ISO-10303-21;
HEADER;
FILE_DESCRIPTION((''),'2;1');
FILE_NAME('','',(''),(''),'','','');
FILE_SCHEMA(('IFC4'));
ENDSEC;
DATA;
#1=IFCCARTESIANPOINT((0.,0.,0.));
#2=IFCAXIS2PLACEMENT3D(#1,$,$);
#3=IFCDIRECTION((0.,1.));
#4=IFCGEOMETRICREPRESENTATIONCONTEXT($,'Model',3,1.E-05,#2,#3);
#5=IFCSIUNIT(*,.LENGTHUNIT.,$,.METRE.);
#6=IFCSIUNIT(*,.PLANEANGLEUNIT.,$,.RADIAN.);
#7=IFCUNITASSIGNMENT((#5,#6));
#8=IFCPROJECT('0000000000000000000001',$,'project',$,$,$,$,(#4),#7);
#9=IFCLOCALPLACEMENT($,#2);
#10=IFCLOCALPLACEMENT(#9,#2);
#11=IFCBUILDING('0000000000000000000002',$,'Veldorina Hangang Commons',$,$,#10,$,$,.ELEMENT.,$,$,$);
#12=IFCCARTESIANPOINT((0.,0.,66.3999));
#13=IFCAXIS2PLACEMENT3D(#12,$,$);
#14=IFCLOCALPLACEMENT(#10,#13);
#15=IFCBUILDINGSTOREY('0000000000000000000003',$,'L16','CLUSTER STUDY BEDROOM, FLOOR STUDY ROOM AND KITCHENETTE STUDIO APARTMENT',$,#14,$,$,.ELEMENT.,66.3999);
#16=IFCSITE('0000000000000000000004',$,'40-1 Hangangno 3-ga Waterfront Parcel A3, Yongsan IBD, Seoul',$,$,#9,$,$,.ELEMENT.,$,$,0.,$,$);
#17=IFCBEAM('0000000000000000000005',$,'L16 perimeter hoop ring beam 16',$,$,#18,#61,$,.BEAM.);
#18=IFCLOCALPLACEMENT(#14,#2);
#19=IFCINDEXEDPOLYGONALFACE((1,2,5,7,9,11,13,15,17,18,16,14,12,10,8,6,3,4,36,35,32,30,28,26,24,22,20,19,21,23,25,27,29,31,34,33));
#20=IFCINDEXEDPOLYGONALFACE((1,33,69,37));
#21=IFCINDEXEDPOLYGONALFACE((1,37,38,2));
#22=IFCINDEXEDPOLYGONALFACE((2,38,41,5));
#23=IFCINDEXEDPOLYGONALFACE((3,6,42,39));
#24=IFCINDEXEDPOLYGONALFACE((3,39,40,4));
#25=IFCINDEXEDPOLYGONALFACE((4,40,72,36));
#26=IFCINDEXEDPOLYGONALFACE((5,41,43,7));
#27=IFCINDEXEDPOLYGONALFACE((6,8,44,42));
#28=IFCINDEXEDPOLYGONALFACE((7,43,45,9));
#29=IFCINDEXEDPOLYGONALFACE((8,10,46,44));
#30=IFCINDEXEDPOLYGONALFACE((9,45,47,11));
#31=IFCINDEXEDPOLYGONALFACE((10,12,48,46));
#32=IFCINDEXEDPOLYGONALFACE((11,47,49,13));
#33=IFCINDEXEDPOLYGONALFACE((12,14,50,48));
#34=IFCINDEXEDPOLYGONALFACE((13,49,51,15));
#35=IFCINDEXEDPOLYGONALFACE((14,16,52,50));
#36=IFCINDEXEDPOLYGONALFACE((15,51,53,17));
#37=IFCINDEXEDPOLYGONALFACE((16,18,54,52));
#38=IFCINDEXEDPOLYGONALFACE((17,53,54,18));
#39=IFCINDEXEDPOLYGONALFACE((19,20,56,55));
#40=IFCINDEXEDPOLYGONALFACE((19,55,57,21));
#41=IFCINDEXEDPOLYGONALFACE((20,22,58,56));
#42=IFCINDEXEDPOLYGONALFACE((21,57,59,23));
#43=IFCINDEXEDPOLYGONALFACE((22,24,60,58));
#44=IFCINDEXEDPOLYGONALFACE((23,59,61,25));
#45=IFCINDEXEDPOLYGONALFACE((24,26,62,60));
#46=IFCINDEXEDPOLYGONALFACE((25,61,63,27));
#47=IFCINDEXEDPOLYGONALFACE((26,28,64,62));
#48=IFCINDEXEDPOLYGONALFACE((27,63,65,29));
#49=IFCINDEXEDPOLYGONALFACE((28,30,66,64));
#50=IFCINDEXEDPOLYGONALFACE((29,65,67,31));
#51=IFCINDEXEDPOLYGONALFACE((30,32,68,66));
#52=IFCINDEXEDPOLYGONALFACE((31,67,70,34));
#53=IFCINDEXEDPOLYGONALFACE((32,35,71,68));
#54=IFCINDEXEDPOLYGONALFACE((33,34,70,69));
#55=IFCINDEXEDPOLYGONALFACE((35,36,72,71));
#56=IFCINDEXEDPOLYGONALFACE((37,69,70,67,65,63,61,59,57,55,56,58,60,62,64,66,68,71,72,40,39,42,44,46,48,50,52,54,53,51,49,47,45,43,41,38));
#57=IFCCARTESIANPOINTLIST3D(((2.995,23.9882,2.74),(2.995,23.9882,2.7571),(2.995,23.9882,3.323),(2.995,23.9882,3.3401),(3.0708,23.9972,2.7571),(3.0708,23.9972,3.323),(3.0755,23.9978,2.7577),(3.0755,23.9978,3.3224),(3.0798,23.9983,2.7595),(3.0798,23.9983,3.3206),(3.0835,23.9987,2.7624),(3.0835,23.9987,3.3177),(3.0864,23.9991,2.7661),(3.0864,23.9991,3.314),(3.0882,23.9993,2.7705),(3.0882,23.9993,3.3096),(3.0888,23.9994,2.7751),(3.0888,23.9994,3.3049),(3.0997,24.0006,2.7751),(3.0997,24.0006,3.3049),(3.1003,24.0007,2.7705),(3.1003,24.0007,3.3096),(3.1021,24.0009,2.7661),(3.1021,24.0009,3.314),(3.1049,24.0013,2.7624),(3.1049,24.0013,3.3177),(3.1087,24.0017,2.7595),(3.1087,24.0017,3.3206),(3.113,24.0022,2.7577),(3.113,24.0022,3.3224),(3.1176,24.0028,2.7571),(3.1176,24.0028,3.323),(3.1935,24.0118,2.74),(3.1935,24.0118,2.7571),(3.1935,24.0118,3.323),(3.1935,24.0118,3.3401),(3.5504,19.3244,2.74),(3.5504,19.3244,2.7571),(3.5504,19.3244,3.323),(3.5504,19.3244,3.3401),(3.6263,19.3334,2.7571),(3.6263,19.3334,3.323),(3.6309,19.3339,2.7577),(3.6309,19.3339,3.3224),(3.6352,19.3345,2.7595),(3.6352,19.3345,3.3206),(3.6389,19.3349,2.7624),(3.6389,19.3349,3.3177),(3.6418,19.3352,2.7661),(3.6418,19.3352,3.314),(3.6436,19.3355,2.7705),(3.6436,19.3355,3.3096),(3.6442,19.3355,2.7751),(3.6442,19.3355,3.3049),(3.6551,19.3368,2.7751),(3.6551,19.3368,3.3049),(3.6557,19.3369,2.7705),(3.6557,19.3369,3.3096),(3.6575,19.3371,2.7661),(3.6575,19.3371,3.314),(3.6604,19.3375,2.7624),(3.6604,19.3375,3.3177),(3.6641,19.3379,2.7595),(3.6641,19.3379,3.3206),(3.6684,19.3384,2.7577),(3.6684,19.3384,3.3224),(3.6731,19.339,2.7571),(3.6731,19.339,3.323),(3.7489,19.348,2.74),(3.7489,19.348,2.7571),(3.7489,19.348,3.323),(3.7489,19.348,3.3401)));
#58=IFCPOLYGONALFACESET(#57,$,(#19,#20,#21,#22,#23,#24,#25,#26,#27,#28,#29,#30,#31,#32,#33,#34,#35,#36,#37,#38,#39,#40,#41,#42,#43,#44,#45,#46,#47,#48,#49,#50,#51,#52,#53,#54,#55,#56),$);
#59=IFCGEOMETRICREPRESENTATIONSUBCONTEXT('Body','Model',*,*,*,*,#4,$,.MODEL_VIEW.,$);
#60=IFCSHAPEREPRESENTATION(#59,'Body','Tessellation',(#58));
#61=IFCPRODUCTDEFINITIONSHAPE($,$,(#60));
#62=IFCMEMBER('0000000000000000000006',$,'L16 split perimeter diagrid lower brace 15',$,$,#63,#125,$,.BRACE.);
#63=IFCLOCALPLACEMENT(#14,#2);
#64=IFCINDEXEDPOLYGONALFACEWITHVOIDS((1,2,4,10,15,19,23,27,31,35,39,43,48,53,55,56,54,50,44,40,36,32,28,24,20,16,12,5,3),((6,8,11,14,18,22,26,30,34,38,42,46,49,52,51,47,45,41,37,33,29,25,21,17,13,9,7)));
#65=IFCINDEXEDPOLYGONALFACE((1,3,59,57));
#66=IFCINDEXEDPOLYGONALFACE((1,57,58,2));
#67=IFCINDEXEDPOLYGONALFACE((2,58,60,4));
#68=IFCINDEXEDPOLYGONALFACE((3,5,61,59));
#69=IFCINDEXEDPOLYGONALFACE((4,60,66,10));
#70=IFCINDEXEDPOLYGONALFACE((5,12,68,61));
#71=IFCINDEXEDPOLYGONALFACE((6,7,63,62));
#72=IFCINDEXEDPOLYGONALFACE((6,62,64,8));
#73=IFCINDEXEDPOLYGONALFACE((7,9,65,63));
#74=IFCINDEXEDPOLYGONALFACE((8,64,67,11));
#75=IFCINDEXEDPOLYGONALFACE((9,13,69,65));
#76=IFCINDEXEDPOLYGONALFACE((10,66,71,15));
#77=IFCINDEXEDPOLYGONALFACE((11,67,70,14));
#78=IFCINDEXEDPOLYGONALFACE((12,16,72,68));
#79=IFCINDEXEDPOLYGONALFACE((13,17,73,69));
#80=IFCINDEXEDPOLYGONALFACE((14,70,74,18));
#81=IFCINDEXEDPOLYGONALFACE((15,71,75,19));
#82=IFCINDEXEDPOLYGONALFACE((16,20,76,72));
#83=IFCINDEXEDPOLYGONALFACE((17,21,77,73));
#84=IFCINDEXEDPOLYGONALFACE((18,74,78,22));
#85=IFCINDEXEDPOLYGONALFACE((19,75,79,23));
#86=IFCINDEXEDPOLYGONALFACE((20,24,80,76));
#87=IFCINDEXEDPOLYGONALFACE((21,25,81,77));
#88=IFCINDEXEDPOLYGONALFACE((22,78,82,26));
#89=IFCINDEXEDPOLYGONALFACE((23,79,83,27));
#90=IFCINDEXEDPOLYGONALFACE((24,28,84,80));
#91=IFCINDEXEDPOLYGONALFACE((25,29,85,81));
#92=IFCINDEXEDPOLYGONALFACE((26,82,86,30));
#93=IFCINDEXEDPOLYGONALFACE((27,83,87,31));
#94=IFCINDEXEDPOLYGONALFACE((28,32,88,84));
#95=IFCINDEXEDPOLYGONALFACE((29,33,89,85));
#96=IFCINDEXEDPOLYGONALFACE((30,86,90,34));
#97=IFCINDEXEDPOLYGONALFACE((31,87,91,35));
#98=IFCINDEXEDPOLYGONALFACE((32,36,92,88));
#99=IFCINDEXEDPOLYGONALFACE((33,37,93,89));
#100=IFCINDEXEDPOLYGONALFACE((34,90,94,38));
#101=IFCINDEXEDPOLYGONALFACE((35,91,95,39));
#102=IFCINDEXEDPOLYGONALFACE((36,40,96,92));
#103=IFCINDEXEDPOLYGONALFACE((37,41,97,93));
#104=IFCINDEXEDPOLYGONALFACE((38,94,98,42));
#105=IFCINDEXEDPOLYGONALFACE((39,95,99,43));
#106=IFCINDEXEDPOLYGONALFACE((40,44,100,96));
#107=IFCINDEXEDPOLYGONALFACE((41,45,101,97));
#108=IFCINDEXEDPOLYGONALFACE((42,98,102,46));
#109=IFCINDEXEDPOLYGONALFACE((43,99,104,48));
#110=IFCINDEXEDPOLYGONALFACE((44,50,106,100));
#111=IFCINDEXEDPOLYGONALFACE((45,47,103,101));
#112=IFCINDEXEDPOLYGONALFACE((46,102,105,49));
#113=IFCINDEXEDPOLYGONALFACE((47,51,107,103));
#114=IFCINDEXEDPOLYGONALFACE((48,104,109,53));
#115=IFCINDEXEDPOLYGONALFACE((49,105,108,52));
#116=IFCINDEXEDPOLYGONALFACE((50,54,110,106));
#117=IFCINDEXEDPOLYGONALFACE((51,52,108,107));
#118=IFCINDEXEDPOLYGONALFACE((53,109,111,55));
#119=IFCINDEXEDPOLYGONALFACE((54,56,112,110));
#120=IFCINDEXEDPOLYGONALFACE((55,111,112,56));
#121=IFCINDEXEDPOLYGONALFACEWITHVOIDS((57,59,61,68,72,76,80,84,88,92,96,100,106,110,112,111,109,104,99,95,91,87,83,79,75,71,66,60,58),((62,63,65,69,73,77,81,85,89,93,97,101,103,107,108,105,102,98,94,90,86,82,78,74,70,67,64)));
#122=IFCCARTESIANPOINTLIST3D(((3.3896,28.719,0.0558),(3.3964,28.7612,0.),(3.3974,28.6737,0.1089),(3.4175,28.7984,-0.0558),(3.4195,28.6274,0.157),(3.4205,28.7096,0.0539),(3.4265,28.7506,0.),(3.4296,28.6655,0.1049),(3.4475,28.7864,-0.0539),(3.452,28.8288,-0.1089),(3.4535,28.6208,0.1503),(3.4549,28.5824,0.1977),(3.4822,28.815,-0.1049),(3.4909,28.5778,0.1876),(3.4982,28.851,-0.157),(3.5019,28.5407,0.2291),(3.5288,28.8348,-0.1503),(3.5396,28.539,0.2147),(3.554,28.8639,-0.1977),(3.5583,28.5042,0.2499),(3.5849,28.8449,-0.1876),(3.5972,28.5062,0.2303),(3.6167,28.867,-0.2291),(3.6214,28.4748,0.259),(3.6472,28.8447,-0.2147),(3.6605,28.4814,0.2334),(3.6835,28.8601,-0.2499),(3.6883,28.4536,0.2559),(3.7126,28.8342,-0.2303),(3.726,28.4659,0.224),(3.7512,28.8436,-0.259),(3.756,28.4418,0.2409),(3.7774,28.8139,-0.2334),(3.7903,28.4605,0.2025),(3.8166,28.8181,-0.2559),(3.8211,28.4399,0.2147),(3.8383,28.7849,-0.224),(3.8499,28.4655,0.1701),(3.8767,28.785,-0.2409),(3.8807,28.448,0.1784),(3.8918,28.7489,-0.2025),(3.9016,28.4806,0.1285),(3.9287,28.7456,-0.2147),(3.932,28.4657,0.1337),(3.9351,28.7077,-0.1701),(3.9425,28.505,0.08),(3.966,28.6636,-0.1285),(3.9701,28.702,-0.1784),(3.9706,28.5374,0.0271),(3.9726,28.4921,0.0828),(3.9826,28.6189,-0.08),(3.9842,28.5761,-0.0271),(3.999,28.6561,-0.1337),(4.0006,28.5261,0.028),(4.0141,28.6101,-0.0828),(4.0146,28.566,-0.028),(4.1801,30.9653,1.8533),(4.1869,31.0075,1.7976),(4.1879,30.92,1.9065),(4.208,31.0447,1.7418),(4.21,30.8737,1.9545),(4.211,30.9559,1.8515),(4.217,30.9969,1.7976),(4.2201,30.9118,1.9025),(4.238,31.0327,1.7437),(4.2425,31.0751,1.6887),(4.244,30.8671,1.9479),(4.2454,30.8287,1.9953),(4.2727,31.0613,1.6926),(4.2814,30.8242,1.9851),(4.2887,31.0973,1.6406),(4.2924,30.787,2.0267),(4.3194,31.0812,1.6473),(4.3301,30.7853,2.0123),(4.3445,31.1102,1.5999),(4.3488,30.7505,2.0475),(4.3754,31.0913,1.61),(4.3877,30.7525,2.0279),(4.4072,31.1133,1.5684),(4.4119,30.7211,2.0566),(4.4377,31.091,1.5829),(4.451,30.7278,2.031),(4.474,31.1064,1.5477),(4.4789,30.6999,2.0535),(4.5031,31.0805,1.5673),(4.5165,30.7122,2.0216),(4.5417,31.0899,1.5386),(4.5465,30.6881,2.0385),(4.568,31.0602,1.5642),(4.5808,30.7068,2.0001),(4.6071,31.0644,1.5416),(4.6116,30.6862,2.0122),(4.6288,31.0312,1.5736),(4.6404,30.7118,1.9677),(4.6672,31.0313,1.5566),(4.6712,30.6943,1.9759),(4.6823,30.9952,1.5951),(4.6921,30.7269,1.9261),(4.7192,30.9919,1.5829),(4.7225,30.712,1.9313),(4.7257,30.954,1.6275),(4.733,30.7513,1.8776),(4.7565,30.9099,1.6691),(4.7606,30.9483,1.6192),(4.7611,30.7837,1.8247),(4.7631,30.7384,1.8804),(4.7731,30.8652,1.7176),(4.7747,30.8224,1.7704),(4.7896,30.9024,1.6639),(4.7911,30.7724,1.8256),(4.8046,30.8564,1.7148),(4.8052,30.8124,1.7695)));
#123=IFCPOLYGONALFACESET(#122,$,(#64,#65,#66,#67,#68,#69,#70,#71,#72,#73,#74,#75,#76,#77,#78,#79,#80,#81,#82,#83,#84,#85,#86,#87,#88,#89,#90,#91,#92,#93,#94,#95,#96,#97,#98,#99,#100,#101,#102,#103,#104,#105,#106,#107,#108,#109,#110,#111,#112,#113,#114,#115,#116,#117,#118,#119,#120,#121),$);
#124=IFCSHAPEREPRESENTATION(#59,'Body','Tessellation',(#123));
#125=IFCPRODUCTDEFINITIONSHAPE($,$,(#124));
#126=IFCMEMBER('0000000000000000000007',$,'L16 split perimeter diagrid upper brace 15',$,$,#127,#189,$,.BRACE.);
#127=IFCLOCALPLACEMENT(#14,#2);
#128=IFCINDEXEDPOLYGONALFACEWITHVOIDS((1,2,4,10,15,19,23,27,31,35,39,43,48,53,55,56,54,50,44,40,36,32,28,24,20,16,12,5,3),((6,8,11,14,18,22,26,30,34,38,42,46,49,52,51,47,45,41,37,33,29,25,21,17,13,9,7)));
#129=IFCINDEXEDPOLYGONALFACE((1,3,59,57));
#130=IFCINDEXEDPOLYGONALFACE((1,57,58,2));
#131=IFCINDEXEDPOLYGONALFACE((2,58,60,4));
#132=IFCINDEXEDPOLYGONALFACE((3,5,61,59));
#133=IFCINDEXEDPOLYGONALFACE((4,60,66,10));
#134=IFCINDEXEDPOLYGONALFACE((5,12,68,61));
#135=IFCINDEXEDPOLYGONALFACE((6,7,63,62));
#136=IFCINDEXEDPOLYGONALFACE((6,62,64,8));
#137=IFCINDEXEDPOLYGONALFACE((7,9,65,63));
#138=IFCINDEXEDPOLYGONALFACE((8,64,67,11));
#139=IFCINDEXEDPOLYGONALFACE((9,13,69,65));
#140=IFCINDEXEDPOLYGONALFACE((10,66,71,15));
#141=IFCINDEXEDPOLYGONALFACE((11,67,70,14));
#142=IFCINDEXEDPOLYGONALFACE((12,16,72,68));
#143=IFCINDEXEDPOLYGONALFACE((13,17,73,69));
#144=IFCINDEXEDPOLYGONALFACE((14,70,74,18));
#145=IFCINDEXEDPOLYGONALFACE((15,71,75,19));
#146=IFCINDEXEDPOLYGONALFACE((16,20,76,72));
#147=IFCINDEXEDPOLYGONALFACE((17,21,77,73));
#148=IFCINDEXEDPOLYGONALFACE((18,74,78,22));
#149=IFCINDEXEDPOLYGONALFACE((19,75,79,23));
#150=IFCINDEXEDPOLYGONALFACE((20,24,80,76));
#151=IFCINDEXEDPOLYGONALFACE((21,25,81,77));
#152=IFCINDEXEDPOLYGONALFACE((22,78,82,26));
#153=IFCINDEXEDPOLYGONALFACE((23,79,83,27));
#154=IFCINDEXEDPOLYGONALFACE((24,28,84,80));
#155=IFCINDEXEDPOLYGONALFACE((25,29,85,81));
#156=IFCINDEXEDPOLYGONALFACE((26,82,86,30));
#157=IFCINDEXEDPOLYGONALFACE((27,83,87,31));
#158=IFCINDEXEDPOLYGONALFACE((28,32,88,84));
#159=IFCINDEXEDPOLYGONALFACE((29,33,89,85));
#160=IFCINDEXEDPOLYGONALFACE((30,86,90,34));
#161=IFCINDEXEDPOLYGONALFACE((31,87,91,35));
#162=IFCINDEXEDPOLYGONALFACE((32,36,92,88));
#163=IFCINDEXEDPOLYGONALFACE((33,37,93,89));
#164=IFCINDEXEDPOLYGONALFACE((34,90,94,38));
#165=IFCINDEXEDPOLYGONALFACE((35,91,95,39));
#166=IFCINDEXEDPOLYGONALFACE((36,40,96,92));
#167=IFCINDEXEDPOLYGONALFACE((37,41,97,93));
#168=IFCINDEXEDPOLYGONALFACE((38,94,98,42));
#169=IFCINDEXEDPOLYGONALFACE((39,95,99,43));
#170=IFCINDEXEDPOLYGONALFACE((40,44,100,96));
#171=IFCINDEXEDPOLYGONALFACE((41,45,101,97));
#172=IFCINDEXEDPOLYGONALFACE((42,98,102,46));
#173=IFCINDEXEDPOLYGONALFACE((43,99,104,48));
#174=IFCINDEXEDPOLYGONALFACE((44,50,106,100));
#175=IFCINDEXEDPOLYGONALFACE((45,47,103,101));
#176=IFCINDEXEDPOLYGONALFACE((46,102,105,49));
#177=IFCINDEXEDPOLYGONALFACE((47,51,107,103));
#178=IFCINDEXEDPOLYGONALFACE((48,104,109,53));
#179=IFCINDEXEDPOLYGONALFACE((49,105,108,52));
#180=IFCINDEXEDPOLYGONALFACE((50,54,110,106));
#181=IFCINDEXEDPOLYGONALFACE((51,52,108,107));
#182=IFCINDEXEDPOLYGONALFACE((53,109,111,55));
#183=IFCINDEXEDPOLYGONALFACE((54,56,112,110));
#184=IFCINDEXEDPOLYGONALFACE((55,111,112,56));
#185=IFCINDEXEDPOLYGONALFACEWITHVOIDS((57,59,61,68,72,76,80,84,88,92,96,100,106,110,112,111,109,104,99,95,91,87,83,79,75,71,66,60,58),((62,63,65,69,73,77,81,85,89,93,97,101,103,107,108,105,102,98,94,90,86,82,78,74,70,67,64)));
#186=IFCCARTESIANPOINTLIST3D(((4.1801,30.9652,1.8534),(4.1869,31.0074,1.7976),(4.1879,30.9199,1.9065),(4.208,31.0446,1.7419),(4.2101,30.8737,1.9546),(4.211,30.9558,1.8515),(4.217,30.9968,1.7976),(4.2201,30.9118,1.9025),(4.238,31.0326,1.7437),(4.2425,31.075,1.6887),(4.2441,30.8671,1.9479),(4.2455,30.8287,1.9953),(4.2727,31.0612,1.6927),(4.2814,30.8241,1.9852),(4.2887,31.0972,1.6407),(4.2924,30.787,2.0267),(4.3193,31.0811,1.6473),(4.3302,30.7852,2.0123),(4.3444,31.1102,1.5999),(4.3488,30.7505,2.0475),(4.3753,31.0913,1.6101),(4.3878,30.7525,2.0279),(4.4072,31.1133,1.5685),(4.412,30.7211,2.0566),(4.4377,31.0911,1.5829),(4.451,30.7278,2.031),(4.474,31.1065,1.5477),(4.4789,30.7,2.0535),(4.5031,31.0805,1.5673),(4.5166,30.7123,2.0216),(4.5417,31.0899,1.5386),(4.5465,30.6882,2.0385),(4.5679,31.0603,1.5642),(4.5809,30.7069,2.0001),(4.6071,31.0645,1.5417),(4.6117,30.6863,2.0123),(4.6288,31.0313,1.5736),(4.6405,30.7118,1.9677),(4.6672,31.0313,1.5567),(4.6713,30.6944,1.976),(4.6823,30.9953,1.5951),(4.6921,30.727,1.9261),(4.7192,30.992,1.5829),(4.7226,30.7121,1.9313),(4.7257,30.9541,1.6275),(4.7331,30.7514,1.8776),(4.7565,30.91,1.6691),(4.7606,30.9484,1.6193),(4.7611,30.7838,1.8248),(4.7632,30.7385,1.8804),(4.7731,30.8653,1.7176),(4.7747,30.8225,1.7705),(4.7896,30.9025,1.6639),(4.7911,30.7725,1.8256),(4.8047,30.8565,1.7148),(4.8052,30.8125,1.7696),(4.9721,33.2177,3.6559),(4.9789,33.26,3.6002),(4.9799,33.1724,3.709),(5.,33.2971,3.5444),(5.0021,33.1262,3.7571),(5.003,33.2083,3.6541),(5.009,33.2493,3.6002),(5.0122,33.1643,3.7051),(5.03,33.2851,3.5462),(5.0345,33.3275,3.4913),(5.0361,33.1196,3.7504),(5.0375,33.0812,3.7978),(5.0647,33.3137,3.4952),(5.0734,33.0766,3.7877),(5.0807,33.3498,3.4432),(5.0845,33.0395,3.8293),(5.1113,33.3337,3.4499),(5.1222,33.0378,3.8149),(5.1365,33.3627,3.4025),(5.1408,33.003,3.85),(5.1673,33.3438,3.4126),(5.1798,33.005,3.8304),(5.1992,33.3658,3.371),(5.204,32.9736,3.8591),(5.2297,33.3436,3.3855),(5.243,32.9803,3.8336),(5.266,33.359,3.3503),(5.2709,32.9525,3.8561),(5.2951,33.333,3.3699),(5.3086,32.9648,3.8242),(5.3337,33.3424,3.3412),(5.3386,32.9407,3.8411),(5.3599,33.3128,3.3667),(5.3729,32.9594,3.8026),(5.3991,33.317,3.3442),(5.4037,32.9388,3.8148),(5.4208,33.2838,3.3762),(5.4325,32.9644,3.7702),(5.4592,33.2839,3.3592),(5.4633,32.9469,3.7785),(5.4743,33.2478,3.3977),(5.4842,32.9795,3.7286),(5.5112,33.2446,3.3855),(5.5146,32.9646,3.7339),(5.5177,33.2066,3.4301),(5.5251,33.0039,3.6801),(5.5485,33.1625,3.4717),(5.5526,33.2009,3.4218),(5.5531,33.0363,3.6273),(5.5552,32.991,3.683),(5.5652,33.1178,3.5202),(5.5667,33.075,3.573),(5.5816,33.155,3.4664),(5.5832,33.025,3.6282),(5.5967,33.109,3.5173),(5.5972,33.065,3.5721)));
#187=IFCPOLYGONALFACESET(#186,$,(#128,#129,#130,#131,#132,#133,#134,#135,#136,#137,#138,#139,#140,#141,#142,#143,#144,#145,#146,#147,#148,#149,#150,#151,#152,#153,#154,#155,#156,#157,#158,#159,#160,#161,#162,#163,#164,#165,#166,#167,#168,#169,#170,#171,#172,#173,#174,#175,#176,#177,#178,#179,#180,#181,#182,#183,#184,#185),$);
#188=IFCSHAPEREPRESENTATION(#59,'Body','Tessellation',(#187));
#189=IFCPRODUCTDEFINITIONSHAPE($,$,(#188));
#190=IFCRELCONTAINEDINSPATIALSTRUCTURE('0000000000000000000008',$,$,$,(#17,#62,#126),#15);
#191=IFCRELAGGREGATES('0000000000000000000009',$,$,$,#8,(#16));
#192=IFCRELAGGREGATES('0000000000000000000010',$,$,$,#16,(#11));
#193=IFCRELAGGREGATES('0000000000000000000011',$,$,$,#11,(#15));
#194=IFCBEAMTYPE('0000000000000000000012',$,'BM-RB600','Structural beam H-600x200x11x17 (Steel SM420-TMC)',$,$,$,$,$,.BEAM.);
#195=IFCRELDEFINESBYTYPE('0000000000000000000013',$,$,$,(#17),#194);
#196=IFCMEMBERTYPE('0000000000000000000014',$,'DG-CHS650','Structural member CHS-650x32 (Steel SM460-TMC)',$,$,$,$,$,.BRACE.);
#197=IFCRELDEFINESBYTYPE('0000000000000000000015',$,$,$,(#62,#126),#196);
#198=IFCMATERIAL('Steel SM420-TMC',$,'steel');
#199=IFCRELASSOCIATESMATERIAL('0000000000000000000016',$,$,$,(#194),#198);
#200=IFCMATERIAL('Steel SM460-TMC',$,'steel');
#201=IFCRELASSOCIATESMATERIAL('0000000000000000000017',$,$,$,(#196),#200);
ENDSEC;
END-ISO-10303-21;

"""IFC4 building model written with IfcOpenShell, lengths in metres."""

from ifc_helpers import new_model, si_unit, direction, frame, origin, origin_2d, place, context, subcontext, project, spatial, hollow_circle, i_section, extrude, material, material_profile, profile_set, type_object, element, save


model = new_model("IFC4")

# Units and contexts
model_context = context("Model", 3, precision=1e-05, world=origin(), true_north=direction((0.0, 1.0)))
body_context = subcontext(model_context, "Body", "Model", "MODEL_VIEW")
ifc_project = project(units=[si_unit("LENGTHUNIT", "METRE"), si_unit("PLANEANGLEUNIT", "RADIAN")], contexts=[model_context])

# Site, building, storey
site_placement = place(None, origin())
site = spatial("IfcSite", under=ifc_project, at=site_placement, Name="40-1 Hangangno 3-ga Waterfront Parcel A3, Yongsan IBD, Seoul", CompositionType="ELEMENT", RefElevation=0.0)
building_placement = place(site_placement, origin())
building = spatial("IfcBuilding", under=site, at=building_placement, Name="Veldorina Hangang Commons", CompositionType="ELEMENT")
storey_placement = place(building_placement, frame((0.0, 0.0, 66.3999)))
storey = spatial("IfcBuildingStorey", under=building, at=storey_placement, Name="L16", Description="CLUSTER STUDY BEDROOM, FLOOR STUDY ROOM AND KITCHENETTE STUDIO APARTMENT", CompositionType="ELEMENT", Elevation=66.3999)

# Beam
ifc_material_1 = material(Name="Steel SM420-TMC", Category="steel")
ifc_material_profile_1 = material_profile(ifc_material_1, i_section(OverallWidth=0.2, OverallDepth=0.6001, WebThickness=0.011, FlangeThickness=0.0171, FilletRadius=0.0181, at=origin_2d()), Name="H-600x200x11x17")
ifc_profile_set_1 = profile_set([ifc_material_profile_1], Name="Steel SM420-TMC")
beam_type_1 = type_object("IfcBeamType", Name="BM-RB600", Description="Structural beam H-600x200x11x17 (Steel SM420-TMC)", PredefinedType="BEAM", material=ifc_profile_set_1)
for number, where, z_axis, x_axis, name in (
    (1, (3.0942, 24.0, 3.04), (0.118256, -0.992983, 0.0), (0.992983, 0.118256, 0.0), "L16 perimeter hoop ring beam 16"),
):
    element("IfcBeam", number, at=place(storey_placement, frame(where, z_axis=z_axis, x_axis=x_axis)), inside=storey, type_object=beam_type_1, Name=name, PredefinedType="BEAM", context=body_context, shape_type="SweptSolid", body=[
        extrude(i_section(OverallWidth=0.2, OverallDepth=0.6001, WebThickness=0.011, FlangeThickness=0.0171, FilletRadius=0.0181, at=origin_2d()), origin(), (0.0, 0.0, 1.0), 4.6968),
    ])

# Members
ifc_material_2 = material(Name="Steel SM460-TMC", Category="steel")
ifc_material_profile_2 = material_profile(ifc_material_2, hollow_circle(Radius=0.325, WallThickness=0.032, at=origin_2d()), Name="CHS-650x32")
ifc_profile_set_2 = profile_set([ifc_material_profile_2], Name="Steel SM460-TMC")
member_type = type_object("IfcMemberType", Name="DG-CHS650", Description="Structural member CHS-650x32 (Steel SM460-TMC)", PredefinedType="BRACE", material=ifc_profile_set_2)
member_1_placement = place(storey_placement, frame((3.7029, 28.6533, 0.0), z_axis=(0.26495, 0.752874, 0.60248), x_axis=(-0.943293, 0.331962, 0.0)))
element("IfcMember", 2, at=member_1_placement, inside=storey, type_object=member_type, Name="L16 split perimeter diagrid lower brace 15", PredefinedType="BRACE", context=body_context, shape_type="SweptSolid", body=[
    extrude(hollow_circle(Radius=0.325, WallThickness=0.032, at=origin_2d()), origin(), (0.0, 0.0, 1.0), 2.9836),
])
member_2_placement = place(storey_placement, frame((4.4934, 30.8997, 1.7976), z_axis=(0.264738, 0.75292, 0.602516), x_axis=(-0.943382, 0.331707, 0.0)))
element("IfcMember", 3, at=member_2_placement, inside=storey, type_object=member_type, Name="L16 split perimeter diagrid upper brace 15", PredefinedType="BRACE", context=body_context, shape_type="SweptSolid", body=[
    extrude(hollow_circle(Radius=0.325, WallThickness=0.032, at=origin_2d()), origin(), (0.0, 0.0, 1.0), 2.9917),
])

save(model, "model.ifc")
